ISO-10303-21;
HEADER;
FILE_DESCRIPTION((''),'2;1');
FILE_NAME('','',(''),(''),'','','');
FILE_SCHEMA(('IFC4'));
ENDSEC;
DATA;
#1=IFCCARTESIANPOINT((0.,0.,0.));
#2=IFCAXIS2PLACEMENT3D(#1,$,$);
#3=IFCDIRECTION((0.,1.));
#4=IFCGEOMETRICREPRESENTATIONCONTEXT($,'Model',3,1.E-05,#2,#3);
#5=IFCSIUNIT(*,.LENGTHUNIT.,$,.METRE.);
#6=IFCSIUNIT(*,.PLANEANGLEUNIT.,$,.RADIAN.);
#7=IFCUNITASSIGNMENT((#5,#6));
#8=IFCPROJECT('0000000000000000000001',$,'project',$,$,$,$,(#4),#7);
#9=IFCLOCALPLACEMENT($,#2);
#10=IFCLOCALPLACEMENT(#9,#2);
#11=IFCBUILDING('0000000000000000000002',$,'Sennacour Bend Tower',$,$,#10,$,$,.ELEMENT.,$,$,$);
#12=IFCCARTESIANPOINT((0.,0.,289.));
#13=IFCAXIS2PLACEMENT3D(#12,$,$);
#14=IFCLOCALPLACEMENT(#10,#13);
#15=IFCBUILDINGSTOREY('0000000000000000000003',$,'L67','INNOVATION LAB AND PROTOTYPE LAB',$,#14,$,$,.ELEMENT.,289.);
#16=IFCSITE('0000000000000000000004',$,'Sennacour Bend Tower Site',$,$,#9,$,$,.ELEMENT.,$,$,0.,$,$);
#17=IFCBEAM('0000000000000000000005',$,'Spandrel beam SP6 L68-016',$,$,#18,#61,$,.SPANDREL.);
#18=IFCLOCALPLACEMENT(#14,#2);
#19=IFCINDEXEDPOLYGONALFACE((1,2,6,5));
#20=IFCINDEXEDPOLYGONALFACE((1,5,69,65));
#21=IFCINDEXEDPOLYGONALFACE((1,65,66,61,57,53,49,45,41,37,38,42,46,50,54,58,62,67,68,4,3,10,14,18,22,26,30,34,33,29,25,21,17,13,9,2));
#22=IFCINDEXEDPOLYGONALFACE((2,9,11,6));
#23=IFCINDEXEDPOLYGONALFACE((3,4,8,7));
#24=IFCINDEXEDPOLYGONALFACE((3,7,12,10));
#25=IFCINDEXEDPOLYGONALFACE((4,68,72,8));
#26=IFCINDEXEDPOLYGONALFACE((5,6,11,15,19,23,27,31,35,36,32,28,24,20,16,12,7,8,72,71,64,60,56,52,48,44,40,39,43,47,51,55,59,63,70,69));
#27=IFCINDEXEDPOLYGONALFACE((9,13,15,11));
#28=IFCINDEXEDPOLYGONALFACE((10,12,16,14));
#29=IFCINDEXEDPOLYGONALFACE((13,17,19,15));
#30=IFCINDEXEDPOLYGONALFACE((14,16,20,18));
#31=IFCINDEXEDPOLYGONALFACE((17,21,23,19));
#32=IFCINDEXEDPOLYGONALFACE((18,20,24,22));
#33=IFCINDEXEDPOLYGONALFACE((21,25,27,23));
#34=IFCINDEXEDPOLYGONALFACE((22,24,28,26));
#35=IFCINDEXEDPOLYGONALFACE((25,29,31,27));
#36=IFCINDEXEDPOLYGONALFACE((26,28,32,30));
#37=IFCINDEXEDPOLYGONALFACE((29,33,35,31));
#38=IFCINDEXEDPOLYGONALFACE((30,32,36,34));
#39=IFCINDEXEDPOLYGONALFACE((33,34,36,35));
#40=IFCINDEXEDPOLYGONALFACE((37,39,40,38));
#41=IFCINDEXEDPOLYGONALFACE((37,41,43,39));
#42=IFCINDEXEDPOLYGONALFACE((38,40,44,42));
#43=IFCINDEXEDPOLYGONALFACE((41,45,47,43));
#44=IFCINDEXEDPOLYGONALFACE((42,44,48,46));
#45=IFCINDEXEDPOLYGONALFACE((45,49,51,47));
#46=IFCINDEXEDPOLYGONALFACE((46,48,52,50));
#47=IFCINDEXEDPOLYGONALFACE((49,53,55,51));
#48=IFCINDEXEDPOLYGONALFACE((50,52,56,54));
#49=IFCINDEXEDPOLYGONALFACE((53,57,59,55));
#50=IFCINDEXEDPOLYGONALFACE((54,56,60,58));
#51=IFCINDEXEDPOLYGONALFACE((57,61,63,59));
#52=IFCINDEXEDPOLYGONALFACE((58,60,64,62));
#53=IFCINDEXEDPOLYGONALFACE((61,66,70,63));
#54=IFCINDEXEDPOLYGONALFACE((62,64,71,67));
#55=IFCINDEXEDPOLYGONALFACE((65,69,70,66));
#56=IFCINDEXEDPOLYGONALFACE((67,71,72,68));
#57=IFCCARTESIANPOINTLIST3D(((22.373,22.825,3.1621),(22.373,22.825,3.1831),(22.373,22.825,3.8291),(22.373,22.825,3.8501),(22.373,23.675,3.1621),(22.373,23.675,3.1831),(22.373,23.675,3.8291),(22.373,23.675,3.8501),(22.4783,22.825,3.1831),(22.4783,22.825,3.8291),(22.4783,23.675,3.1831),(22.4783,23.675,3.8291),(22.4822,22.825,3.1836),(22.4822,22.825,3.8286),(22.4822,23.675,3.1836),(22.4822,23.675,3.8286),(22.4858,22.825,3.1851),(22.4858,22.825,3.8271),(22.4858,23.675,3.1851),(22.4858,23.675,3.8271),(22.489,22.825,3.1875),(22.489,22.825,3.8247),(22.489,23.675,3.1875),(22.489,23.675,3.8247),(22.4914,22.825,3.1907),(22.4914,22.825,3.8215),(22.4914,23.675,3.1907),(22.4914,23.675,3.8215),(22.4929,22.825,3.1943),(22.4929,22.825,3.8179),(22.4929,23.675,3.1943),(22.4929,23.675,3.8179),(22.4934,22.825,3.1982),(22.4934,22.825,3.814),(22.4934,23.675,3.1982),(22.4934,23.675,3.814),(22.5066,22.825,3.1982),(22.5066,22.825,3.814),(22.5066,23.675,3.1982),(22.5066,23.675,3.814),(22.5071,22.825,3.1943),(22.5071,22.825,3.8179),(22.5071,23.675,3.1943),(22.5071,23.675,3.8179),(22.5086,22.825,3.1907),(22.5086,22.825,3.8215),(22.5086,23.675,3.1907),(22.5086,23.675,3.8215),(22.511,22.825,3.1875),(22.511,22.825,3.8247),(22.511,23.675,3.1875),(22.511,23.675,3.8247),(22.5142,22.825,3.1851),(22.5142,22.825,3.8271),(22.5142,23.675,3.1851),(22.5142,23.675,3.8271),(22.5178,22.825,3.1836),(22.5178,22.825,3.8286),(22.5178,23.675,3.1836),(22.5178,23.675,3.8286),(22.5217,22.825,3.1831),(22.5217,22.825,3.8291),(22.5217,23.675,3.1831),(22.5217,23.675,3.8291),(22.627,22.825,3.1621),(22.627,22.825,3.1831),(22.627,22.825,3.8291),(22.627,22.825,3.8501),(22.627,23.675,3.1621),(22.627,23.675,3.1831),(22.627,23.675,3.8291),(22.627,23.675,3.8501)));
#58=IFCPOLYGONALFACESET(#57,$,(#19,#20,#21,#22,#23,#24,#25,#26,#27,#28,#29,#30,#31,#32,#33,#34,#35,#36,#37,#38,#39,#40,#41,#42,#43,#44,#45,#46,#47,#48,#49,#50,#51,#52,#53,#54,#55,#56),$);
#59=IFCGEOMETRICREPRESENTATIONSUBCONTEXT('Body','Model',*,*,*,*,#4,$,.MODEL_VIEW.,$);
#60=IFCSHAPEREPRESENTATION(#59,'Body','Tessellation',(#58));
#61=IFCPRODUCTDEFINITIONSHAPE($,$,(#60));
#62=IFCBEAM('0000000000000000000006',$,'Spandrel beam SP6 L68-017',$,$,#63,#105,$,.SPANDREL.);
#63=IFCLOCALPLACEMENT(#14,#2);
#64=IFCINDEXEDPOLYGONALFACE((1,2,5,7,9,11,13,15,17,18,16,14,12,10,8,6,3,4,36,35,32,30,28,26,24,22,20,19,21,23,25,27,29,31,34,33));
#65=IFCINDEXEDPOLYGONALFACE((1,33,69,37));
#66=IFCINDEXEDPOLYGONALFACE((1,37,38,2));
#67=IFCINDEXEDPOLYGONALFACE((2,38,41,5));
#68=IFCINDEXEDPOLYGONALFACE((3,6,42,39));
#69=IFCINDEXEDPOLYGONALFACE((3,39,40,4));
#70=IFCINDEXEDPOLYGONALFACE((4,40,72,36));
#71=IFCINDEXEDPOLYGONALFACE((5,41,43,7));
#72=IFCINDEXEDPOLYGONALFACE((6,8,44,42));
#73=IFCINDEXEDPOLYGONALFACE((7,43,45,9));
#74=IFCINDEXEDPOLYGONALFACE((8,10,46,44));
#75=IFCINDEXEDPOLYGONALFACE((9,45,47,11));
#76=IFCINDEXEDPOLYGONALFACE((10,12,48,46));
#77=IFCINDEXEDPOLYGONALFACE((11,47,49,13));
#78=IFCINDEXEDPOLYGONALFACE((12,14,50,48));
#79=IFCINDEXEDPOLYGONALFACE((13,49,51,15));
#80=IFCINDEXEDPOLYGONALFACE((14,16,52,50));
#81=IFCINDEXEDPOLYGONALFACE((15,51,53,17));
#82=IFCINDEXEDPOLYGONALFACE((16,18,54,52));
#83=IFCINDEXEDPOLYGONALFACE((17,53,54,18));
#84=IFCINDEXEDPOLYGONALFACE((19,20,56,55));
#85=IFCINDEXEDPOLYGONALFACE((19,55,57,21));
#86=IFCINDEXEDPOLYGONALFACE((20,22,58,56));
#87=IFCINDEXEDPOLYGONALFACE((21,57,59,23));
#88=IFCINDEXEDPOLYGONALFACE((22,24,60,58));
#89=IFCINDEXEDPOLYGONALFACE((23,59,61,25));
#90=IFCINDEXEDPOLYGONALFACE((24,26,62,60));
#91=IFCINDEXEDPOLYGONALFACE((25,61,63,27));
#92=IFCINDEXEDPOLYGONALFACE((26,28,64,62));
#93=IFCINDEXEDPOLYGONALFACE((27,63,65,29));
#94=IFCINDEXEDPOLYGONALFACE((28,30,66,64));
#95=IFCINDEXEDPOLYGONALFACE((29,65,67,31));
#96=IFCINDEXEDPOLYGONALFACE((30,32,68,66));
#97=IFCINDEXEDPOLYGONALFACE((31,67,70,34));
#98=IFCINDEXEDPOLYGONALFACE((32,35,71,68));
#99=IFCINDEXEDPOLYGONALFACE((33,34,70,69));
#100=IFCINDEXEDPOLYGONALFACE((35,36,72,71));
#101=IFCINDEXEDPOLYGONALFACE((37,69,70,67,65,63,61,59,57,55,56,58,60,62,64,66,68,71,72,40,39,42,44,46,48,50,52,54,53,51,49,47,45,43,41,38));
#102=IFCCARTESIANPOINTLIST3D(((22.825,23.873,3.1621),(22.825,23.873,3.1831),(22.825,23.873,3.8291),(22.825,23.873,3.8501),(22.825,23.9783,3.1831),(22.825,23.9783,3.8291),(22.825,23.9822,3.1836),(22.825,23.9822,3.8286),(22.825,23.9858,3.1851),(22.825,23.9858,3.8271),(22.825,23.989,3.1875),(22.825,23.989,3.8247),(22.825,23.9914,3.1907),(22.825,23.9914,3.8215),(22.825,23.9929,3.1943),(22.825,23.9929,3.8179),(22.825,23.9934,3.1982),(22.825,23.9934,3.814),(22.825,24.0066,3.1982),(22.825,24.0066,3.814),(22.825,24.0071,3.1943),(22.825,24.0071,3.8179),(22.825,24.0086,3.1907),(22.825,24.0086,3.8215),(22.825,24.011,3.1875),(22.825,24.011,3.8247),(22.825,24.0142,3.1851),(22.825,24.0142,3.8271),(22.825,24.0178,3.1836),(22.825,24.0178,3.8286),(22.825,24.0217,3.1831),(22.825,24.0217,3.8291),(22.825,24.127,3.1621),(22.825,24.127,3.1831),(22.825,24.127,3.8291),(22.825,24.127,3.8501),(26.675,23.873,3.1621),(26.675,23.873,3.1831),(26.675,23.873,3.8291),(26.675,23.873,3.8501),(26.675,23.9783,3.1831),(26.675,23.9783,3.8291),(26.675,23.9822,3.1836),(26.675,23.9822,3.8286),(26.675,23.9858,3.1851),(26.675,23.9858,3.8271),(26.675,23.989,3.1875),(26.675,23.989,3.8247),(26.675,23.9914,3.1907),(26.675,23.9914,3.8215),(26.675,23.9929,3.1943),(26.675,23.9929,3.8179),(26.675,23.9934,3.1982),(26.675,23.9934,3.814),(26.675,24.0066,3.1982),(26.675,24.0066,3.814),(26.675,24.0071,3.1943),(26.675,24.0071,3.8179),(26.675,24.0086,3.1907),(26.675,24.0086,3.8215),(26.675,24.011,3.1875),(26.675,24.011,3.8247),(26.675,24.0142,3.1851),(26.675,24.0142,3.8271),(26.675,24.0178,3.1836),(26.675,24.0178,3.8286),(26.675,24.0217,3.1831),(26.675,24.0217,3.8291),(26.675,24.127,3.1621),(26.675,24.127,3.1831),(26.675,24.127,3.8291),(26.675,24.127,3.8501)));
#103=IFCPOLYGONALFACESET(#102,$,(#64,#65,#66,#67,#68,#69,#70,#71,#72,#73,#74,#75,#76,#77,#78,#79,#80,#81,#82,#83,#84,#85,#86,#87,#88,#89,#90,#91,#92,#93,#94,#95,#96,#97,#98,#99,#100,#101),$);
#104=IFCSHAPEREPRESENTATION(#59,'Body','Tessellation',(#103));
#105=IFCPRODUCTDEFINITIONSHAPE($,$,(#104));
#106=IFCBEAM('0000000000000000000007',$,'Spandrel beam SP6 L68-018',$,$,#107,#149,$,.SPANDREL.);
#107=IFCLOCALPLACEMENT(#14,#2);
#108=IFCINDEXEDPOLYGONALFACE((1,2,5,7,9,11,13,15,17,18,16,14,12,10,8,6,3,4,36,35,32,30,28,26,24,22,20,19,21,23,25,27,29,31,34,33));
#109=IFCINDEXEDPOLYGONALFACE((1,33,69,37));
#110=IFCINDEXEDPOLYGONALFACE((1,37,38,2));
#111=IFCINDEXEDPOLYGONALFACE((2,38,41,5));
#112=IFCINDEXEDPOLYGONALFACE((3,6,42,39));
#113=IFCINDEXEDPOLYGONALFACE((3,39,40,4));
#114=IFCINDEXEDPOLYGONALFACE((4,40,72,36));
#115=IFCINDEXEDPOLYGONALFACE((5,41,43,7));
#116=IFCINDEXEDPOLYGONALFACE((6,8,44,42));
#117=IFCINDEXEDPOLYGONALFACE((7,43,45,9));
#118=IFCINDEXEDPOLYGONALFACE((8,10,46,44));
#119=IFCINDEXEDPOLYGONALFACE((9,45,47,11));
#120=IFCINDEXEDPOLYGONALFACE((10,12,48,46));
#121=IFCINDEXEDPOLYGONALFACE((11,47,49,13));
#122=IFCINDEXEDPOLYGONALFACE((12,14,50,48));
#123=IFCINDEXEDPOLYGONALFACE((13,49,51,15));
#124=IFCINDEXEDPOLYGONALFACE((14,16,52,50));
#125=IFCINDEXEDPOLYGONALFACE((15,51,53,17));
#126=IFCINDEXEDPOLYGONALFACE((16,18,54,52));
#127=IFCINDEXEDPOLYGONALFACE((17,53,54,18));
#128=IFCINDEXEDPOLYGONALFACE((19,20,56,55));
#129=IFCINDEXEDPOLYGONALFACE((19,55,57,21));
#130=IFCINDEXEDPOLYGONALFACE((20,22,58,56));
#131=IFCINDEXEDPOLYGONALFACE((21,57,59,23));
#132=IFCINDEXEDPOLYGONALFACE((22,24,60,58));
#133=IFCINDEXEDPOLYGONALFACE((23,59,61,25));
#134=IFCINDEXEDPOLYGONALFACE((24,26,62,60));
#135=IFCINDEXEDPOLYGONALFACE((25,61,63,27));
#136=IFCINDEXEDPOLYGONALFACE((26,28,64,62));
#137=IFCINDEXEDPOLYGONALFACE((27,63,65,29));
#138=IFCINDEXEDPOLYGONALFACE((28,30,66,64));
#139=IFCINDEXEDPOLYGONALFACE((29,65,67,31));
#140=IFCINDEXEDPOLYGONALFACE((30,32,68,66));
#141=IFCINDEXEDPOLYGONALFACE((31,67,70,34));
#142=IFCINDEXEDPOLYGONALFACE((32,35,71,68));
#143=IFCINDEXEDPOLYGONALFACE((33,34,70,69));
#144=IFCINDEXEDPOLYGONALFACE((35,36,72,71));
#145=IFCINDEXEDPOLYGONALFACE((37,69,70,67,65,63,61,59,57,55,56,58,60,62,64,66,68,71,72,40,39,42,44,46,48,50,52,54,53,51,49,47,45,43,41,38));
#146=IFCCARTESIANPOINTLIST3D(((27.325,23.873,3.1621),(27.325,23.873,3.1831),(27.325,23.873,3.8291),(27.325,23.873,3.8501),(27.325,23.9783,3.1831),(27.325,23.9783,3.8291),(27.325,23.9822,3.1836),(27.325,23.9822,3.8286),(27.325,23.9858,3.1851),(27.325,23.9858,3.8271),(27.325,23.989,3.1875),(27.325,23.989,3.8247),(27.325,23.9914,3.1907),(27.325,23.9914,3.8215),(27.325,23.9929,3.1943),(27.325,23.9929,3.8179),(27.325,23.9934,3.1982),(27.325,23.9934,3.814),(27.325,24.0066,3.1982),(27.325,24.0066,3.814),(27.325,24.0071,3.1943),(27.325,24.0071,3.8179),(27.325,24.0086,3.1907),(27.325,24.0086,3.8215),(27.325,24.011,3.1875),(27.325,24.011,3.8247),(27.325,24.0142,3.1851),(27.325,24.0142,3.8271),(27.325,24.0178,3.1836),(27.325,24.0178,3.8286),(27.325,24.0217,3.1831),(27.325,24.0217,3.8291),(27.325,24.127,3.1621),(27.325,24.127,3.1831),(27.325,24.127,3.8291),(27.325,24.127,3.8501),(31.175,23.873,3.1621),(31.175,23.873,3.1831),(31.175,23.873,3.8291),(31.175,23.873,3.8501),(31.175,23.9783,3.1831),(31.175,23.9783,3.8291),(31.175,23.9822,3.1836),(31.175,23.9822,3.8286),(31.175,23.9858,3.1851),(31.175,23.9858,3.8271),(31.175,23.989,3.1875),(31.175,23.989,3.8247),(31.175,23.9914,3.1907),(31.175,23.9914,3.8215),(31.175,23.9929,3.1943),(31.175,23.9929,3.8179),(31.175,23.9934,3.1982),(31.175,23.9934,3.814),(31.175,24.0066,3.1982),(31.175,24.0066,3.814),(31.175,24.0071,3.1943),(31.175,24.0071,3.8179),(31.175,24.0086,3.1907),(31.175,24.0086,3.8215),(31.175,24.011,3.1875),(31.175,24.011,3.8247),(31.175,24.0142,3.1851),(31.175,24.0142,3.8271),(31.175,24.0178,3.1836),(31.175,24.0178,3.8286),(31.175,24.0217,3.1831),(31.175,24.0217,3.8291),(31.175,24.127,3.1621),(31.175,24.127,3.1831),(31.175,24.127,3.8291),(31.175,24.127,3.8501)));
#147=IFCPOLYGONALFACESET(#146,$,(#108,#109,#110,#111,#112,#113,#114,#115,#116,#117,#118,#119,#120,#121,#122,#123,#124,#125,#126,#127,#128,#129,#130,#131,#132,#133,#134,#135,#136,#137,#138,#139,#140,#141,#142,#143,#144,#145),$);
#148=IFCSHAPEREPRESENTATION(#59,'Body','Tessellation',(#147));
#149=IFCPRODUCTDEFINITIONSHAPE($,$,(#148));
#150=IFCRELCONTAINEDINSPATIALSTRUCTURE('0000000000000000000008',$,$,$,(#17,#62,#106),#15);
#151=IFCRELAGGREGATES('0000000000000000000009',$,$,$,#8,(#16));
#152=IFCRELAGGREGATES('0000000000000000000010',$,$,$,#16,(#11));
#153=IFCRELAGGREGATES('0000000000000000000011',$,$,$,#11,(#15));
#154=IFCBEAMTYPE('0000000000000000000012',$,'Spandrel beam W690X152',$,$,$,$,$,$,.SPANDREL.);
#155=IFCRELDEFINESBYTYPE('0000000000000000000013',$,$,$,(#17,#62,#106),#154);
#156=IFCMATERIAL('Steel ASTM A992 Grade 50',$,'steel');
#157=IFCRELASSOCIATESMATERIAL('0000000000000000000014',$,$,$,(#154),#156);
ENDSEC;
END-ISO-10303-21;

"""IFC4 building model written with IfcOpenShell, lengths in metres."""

from ifc_helpers import new_model, si_unit, direction, frame, origin, origin_2d, place, context, subcontext, project, spatial, i_section, extrude, material, material_profile, profile_set, type_object, element, save


model = new_model("IFC4")

# Units and contexts
model_context = context("Model", 3, precision=1e-05, world=origin(), true_north=direction((0.0, 1.0)))
body_context = subcontext(model_context, "Body", "Model", "MODEL_VIEW")
ifc_project = project(units=[si_unit("LENGTHUNIT", "METRE"), si_unit("PLANEANGLEUNIT", "RADIAN")], contexts=[model_context])

# Site, building, storey
site_placement = place(None, origin())
site = spatial("IfcSite", under=ifc_project, at=site_placement, Name="Sennacour Bend Tower Site", CompositionType="ELEMENT", RefElevation=0.0)
building_placement = place(site_placement, origin())
building = spatial("IfcBuilding", under=site, at=building_placement, Name="Sennacour Bend Tower", CompositionType="ELEMENT")
storey_placement = place(building_placement, frame((0.0, 0.0, 289.0)))
storey = spatial("IfcBuildingStorey", under=building, at=storey_placement, Name="L67", Description="INNOVATION LAB AND PROTOTYPE LAB", CompositionType="ELEMENT", Elevation=289.0)

# Beams
ifc_material_1 = material(Name="Steel ASTM A992 Grade 50", Category="steel")
ifc_material_profile_1 = material_profile(ifc_material_1, i_section(OverallWidth=0.2539, OverallDepth=0.688, WebThickness=0.0132, FlangeThickness=0.021, FilletRadius=0.0151, at=origin_2d()), Name="Steel ASTM A992 Grade 50", Category="steel")
ifc_profile_set_1 = profile_set([ifc_material_profile_1], Name="Steel ASTM A992 Grade 50")
beam_type = type_object("IfcBeamType", Name="Spandrel beam W690X152", PredefinedType="SPANDREL", material=ifc_profile_set_1)
beam_placement = place(storey_placement, frame((22.5, 22.825, 3.5061), z_axis=(0.0, 1.0, 0.0), x_axis=(-1.0, 0.0, 0.0)))
element("IfcBeam", 1, at=beam_placement, inside=storey, type_object=beam_type, Name="Spandrel beam SP6 L68-016", PredefinedType="SPANDREL", context=body_context, shape_type="SweptSolid", body=[
    extrude(i_section(OverallWidth=0.2539, OverallDepth=0.688, WebThickness=0.0132, FlangeThickness=0.021, FilletRadius=0.0151, at=origin_2d()), origin(), (0.0, 0.0, 1.0), 0.8501),
])
for number, where, z_axis, x_axis, name in (
    (2, (22.825, 24.0, 3.5061), (1.0, 0.0, 0.0), (0.0, 1.0, 0.0), "Spandrel beam SP6 L68-017"),
    (3, (27.325, 24.0, 3.5061), (1.0, 0.0, 0.0), (0.0, 1.0, 0.0), "Spandrel beam SP6 L68-018"),
):
    element("IfcBeam", number, at=place(storey_placement, frame(where, z_axis=z_axis, x_axis=x_axis)), inside=storey, type_object=beam_type, Name=name, PredefinedType="SPANDREL", context=body_context, shape_type="SweptSolid", body=[
        extrude(i_section(OverallWidth=0.2539, OverallDepth=0.688, WebThickness=0.0132, FlangeThickness=0.021, FilletRadius=0.0151, at=origin_2d()), origin(), (0.0, 0.0, 1.0), 3.8501),
    ])

save(model, "model.ifc")
